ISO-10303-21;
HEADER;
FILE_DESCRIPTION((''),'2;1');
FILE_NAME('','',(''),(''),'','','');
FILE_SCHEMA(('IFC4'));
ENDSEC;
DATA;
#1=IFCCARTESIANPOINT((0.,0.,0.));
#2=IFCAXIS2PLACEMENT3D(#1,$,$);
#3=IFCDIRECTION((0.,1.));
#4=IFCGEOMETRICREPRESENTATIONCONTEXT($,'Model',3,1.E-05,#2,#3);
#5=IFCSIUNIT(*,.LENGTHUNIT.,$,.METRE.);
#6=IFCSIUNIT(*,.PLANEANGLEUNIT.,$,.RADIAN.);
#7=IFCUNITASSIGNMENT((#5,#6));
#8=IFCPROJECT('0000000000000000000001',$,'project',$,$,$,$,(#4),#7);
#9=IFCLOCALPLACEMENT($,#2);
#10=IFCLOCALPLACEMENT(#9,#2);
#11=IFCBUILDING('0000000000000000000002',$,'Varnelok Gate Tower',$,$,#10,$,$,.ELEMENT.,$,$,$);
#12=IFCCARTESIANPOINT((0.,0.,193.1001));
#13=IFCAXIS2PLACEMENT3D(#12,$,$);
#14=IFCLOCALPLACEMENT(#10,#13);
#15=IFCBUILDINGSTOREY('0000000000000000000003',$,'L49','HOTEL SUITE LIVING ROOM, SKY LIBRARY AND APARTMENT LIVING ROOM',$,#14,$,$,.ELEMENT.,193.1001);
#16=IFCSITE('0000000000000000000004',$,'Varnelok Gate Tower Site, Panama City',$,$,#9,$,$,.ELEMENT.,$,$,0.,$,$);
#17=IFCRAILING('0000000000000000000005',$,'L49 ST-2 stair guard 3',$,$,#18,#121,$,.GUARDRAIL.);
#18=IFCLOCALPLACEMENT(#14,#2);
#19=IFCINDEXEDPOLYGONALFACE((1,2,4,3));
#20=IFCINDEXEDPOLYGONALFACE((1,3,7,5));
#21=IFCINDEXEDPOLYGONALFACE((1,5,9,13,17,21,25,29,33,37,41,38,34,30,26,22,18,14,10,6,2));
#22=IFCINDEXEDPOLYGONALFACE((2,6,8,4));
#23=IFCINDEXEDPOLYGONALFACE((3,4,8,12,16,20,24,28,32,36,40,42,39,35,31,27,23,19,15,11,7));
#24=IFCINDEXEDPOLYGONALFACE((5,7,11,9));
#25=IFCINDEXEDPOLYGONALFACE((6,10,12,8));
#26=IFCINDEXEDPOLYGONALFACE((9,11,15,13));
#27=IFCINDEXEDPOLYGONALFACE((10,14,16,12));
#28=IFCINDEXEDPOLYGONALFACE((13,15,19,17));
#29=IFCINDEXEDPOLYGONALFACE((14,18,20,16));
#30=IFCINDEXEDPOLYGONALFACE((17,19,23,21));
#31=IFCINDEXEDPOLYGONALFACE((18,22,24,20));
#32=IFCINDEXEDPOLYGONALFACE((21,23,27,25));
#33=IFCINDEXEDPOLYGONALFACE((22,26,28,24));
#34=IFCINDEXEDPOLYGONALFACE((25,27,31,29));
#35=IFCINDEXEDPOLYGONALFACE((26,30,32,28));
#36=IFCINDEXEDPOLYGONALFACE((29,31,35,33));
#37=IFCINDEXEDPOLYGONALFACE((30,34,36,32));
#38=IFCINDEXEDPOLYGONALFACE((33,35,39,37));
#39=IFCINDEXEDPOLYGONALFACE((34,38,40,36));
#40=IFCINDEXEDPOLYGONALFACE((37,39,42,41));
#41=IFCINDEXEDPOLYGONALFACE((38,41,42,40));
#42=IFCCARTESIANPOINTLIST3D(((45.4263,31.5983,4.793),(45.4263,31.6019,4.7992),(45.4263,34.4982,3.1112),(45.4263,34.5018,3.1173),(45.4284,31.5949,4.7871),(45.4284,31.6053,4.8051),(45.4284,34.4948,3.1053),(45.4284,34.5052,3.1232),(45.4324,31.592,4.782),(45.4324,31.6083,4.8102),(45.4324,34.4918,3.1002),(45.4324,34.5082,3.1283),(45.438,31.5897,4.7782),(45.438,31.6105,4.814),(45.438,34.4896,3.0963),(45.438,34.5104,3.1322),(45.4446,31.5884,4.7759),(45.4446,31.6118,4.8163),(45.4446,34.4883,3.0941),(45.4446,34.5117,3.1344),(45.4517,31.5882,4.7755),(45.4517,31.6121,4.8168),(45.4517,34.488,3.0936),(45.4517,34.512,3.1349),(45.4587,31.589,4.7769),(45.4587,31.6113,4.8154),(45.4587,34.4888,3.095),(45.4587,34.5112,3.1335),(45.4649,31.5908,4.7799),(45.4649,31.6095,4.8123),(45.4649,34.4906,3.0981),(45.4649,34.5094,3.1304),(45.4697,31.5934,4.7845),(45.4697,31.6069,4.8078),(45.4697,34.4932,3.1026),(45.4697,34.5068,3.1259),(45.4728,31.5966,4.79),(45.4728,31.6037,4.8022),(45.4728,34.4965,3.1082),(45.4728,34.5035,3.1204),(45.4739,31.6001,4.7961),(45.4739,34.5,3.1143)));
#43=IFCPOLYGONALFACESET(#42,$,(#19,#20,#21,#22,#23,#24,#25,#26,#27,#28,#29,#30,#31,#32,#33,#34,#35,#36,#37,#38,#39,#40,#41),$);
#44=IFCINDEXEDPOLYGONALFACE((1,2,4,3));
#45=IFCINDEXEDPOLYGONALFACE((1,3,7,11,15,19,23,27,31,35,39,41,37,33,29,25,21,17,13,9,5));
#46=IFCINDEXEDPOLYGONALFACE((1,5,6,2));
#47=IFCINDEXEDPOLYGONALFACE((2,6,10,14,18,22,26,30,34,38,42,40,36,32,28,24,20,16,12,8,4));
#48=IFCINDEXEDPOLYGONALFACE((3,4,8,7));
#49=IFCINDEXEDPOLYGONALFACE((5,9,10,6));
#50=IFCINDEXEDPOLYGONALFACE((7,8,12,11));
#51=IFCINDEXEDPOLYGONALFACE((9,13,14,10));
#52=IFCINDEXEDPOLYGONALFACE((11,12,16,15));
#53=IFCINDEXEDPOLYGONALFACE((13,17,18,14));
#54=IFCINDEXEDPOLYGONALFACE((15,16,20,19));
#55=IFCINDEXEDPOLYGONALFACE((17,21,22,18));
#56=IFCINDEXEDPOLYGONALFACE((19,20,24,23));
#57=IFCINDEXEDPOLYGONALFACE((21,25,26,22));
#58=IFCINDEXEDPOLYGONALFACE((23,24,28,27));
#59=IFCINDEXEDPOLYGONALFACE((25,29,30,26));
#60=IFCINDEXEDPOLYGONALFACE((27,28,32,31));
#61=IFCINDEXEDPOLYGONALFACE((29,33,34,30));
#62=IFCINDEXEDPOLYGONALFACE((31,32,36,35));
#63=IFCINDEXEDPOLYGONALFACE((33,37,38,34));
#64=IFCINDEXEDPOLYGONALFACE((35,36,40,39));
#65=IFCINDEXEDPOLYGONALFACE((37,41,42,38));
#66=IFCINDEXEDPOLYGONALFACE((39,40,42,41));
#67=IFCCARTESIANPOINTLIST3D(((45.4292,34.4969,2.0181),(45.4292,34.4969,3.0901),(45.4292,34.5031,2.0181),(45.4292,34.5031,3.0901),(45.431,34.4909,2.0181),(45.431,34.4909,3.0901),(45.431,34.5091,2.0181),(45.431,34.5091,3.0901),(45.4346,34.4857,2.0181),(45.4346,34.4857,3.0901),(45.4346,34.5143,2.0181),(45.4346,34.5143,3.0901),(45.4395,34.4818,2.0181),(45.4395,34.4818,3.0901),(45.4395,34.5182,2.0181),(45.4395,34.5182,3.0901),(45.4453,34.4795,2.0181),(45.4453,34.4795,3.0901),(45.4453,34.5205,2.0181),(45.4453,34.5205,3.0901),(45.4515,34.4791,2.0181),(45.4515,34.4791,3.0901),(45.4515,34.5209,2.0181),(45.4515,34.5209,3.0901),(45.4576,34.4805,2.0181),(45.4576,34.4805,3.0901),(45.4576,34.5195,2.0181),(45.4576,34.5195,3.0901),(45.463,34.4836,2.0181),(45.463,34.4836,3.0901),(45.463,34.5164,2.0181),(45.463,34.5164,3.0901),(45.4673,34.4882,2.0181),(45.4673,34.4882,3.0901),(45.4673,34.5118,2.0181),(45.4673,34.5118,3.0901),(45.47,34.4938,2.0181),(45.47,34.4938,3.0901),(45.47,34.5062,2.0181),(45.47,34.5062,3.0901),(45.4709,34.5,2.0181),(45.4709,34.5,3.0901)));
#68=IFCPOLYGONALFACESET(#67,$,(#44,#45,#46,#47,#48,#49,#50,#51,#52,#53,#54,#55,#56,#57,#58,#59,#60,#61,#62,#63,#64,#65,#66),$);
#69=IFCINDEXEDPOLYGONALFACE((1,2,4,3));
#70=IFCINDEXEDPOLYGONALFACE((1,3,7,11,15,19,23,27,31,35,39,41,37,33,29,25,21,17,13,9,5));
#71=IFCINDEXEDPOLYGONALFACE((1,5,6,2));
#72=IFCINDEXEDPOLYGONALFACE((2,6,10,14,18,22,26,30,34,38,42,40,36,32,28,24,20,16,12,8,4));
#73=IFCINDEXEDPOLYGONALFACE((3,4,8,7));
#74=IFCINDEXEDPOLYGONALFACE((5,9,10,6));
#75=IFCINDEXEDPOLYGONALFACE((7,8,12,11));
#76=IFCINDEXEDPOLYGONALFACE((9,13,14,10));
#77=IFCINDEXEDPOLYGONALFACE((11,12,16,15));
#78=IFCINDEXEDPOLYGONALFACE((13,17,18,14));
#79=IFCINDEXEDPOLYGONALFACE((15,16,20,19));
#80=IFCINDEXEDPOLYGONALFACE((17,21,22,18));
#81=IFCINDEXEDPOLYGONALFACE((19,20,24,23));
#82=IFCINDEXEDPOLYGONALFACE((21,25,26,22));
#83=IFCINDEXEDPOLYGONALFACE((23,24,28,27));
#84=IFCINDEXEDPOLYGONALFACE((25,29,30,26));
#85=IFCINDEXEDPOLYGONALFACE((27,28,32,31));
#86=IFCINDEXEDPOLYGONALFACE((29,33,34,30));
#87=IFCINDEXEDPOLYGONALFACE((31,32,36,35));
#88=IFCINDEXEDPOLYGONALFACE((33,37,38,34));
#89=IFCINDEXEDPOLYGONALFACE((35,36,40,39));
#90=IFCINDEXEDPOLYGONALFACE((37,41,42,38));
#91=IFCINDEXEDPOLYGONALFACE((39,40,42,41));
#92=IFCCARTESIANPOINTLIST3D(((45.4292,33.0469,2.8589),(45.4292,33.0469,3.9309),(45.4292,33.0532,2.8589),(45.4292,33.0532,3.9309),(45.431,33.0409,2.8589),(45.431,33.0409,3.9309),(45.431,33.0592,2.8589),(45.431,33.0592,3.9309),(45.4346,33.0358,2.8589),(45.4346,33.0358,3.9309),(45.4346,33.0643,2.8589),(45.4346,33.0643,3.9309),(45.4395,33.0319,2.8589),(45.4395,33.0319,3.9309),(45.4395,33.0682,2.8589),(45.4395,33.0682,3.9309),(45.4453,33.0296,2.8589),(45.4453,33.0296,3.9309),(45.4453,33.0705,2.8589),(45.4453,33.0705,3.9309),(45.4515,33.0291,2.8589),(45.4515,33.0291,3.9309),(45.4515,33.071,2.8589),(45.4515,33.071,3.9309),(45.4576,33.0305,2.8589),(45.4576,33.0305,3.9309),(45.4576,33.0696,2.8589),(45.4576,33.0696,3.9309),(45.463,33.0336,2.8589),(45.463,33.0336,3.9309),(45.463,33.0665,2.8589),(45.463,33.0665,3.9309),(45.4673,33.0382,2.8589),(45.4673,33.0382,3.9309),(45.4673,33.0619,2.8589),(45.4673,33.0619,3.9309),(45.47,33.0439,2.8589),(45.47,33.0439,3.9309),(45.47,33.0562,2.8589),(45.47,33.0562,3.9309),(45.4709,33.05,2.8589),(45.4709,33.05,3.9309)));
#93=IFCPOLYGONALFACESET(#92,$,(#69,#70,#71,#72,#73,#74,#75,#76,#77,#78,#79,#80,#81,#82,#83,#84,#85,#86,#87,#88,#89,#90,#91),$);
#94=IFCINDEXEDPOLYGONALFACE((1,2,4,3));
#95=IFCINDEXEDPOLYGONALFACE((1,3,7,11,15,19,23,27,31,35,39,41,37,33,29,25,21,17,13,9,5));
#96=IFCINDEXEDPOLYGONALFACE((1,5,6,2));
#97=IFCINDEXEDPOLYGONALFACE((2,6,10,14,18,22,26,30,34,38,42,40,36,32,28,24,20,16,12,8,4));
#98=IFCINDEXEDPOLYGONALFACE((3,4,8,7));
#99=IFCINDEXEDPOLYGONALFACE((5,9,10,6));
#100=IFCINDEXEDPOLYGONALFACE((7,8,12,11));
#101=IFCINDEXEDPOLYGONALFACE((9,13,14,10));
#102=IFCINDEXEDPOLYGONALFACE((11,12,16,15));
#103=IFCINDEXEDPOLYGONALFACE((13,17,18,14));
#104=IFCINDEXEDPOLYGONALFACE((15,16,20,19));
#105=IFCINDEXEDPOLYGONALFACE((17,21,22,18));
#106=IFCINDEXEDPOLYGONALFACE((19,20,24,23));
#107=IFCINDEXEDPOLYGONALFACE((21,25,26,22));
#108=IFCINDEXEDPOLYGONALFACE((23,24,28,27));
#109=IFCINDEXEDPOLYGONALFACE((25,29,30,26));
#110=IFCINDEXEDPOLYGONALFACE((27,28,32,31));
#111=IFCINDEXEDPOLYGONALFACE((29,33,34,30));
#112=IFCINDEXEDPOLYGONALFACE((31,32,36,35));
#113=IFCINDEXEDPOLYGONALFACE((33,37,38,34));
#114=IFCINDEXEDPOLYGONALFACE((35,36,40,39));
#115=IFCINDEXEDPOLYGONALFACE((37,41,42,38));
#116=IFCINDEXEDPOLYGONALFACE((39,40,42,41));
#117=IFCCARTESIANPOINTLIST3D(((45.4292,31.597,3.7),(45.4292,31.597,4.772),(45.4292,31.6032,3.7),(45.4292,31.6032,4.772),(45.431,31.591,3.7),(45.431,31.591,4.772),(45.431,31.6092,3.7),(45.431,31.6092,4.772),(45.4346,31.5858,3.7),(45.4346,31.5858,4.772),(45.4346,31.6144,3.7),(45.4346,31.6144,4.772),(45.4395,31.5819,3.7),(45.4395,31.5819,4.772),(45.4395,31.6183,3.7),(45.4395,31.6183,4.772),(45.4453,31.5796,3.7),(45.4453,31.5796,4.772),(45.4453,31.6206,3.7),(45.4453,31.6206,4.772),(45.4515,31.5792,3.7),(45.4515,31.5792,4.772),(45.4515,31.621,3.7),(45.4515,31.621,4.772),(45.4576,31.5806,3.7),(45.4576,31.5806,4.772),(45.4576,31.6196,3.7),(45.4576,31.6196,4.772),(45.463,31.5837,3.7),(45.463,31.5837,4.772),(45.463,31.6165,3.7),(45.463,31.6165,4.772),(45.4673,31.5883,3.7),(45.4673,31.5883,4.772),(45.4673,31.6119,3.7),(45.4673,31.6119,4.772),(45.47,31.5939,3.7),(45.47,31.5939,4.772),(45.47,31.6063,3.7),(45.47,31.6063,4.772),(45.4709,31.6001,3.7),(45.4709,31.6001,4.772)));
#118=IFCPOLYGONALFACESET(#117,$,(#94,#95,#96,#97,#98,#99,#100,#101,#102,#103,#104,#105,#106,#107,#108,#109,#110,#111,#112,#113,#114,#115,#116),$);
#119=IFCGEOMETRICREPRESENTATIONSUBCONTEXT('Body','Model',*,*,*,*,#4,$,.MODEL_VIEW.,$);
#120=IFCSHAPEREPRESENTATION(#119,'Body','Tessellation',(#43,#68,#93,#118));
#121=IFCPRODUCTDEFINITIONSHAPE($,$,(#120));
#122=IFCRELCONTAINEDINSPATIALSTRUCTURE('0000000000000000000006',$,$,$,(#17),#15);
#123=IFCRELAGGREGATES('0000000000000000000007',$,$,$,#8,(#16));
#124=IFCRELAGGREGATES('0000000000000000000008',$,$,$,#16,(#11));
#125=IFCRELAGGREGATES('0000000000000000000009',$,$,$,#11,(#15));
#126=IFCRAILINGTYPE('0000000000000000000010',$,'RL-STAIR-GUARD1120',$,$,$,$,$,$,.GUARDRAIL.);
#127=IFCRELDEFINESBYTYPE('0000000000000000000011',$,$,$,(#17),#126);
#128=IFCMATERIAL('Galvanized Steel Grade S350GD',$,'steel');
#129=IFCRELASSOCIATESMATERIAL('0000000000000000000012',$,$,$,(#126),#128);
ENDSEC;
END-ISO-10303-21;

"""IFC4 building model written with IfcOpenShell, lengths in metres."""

from ifc_helpers import new_model, si_unit, direction, frame, origin, origin_2d, place, context, subcontext, project, spatial, circle, extrude, material, type_object, element, save


model = new_model("IFC4")

# Units and contexts
model_context = context("Model", 3, precision=1e-05, world=origin(), true_north=direction((0.0, 1.0)))
body_context = subcontext(model_context, "Body", "Model", "MODEL_VIEW")
ifc_project = project(units=[si_unit("LENGTHUNIT", "METRE"), si_unit("PLANEANGLEUNIT", "RADIAN")], contexts=[model_context])

# Site, building, storey
site_placement = place(None, origin())
site = spatial("IfcSite", under=ifc_project, at=site_placement, Name="Varnelok Gate Tower Site, Panama City", CompositionType="ELEMENT", RefElevation=0.0)
building_placement = place(site_placement, origin())
building = spatial("IfcBuilding", under=site, at=building_placement, Name="Varnelok Gate Tower", CompositionType="ELEMENT")
storey_placement = place(building_placement, frame((0.0, 0.0, 193.1001)))
storey = spatial("IfcBuildingStorey", under=building, at=storey_placement, Name="L49", Description="HOTEL SUITE LIVING ROOM, SKY LIBRARY AND APARTMENT LIVING ROOM", CompositionType="ELEMENT", Elevation=193.1001)

# Shared definitions
ifc_material_1 = material(Name="Galvanized Steel Grade S350GD", Category="steel")

# Railing
railing_type_1 = type_object("IfcRailingType", Name="RL-STAIR-GUARD1120", PredefinedType="GUARDRAIL", material=ifc_material_1)
railing_1_placement = place(storey_placement, frame((45.45, 34.5, 2.0181)))
element("IfcRailing", 1, at=railing_1_placement, inside=storey, type_object=railing_type_1, Name="L49 ST-2 stair guard 3", PredefinedType="GUARDRAIL", context=body_context, shape_type="SweptSolid", body=[
    extrude(circle(Radius=0.0239, at=origin_2d()), frame((0.0, 0.0, 1.0962), z_axis=(0.0, -0.865039, 0.501705), x_axis=(1.0, 0.0, 0.0)), (0.0, 0.0, 1.0), 3.3523),
    extrude(circle(Radius=0.021, at=origin_2d()), origin(), (0.0, 0.0, 1.0), 1.072),
    extrude(circle(Radius=0.021, at=origin_2d()), frame((0.0, -1.45, 0.8408)), (0.0, 0.0, 1.0), 1.072),
    extrude(circle(Radius=0.021, at=origin_2d()), frame((0.0, -2.8999, 1.6819)), (0.0, 0.0, 1.0), 1.072),
])

save(model, "model.ifc")
